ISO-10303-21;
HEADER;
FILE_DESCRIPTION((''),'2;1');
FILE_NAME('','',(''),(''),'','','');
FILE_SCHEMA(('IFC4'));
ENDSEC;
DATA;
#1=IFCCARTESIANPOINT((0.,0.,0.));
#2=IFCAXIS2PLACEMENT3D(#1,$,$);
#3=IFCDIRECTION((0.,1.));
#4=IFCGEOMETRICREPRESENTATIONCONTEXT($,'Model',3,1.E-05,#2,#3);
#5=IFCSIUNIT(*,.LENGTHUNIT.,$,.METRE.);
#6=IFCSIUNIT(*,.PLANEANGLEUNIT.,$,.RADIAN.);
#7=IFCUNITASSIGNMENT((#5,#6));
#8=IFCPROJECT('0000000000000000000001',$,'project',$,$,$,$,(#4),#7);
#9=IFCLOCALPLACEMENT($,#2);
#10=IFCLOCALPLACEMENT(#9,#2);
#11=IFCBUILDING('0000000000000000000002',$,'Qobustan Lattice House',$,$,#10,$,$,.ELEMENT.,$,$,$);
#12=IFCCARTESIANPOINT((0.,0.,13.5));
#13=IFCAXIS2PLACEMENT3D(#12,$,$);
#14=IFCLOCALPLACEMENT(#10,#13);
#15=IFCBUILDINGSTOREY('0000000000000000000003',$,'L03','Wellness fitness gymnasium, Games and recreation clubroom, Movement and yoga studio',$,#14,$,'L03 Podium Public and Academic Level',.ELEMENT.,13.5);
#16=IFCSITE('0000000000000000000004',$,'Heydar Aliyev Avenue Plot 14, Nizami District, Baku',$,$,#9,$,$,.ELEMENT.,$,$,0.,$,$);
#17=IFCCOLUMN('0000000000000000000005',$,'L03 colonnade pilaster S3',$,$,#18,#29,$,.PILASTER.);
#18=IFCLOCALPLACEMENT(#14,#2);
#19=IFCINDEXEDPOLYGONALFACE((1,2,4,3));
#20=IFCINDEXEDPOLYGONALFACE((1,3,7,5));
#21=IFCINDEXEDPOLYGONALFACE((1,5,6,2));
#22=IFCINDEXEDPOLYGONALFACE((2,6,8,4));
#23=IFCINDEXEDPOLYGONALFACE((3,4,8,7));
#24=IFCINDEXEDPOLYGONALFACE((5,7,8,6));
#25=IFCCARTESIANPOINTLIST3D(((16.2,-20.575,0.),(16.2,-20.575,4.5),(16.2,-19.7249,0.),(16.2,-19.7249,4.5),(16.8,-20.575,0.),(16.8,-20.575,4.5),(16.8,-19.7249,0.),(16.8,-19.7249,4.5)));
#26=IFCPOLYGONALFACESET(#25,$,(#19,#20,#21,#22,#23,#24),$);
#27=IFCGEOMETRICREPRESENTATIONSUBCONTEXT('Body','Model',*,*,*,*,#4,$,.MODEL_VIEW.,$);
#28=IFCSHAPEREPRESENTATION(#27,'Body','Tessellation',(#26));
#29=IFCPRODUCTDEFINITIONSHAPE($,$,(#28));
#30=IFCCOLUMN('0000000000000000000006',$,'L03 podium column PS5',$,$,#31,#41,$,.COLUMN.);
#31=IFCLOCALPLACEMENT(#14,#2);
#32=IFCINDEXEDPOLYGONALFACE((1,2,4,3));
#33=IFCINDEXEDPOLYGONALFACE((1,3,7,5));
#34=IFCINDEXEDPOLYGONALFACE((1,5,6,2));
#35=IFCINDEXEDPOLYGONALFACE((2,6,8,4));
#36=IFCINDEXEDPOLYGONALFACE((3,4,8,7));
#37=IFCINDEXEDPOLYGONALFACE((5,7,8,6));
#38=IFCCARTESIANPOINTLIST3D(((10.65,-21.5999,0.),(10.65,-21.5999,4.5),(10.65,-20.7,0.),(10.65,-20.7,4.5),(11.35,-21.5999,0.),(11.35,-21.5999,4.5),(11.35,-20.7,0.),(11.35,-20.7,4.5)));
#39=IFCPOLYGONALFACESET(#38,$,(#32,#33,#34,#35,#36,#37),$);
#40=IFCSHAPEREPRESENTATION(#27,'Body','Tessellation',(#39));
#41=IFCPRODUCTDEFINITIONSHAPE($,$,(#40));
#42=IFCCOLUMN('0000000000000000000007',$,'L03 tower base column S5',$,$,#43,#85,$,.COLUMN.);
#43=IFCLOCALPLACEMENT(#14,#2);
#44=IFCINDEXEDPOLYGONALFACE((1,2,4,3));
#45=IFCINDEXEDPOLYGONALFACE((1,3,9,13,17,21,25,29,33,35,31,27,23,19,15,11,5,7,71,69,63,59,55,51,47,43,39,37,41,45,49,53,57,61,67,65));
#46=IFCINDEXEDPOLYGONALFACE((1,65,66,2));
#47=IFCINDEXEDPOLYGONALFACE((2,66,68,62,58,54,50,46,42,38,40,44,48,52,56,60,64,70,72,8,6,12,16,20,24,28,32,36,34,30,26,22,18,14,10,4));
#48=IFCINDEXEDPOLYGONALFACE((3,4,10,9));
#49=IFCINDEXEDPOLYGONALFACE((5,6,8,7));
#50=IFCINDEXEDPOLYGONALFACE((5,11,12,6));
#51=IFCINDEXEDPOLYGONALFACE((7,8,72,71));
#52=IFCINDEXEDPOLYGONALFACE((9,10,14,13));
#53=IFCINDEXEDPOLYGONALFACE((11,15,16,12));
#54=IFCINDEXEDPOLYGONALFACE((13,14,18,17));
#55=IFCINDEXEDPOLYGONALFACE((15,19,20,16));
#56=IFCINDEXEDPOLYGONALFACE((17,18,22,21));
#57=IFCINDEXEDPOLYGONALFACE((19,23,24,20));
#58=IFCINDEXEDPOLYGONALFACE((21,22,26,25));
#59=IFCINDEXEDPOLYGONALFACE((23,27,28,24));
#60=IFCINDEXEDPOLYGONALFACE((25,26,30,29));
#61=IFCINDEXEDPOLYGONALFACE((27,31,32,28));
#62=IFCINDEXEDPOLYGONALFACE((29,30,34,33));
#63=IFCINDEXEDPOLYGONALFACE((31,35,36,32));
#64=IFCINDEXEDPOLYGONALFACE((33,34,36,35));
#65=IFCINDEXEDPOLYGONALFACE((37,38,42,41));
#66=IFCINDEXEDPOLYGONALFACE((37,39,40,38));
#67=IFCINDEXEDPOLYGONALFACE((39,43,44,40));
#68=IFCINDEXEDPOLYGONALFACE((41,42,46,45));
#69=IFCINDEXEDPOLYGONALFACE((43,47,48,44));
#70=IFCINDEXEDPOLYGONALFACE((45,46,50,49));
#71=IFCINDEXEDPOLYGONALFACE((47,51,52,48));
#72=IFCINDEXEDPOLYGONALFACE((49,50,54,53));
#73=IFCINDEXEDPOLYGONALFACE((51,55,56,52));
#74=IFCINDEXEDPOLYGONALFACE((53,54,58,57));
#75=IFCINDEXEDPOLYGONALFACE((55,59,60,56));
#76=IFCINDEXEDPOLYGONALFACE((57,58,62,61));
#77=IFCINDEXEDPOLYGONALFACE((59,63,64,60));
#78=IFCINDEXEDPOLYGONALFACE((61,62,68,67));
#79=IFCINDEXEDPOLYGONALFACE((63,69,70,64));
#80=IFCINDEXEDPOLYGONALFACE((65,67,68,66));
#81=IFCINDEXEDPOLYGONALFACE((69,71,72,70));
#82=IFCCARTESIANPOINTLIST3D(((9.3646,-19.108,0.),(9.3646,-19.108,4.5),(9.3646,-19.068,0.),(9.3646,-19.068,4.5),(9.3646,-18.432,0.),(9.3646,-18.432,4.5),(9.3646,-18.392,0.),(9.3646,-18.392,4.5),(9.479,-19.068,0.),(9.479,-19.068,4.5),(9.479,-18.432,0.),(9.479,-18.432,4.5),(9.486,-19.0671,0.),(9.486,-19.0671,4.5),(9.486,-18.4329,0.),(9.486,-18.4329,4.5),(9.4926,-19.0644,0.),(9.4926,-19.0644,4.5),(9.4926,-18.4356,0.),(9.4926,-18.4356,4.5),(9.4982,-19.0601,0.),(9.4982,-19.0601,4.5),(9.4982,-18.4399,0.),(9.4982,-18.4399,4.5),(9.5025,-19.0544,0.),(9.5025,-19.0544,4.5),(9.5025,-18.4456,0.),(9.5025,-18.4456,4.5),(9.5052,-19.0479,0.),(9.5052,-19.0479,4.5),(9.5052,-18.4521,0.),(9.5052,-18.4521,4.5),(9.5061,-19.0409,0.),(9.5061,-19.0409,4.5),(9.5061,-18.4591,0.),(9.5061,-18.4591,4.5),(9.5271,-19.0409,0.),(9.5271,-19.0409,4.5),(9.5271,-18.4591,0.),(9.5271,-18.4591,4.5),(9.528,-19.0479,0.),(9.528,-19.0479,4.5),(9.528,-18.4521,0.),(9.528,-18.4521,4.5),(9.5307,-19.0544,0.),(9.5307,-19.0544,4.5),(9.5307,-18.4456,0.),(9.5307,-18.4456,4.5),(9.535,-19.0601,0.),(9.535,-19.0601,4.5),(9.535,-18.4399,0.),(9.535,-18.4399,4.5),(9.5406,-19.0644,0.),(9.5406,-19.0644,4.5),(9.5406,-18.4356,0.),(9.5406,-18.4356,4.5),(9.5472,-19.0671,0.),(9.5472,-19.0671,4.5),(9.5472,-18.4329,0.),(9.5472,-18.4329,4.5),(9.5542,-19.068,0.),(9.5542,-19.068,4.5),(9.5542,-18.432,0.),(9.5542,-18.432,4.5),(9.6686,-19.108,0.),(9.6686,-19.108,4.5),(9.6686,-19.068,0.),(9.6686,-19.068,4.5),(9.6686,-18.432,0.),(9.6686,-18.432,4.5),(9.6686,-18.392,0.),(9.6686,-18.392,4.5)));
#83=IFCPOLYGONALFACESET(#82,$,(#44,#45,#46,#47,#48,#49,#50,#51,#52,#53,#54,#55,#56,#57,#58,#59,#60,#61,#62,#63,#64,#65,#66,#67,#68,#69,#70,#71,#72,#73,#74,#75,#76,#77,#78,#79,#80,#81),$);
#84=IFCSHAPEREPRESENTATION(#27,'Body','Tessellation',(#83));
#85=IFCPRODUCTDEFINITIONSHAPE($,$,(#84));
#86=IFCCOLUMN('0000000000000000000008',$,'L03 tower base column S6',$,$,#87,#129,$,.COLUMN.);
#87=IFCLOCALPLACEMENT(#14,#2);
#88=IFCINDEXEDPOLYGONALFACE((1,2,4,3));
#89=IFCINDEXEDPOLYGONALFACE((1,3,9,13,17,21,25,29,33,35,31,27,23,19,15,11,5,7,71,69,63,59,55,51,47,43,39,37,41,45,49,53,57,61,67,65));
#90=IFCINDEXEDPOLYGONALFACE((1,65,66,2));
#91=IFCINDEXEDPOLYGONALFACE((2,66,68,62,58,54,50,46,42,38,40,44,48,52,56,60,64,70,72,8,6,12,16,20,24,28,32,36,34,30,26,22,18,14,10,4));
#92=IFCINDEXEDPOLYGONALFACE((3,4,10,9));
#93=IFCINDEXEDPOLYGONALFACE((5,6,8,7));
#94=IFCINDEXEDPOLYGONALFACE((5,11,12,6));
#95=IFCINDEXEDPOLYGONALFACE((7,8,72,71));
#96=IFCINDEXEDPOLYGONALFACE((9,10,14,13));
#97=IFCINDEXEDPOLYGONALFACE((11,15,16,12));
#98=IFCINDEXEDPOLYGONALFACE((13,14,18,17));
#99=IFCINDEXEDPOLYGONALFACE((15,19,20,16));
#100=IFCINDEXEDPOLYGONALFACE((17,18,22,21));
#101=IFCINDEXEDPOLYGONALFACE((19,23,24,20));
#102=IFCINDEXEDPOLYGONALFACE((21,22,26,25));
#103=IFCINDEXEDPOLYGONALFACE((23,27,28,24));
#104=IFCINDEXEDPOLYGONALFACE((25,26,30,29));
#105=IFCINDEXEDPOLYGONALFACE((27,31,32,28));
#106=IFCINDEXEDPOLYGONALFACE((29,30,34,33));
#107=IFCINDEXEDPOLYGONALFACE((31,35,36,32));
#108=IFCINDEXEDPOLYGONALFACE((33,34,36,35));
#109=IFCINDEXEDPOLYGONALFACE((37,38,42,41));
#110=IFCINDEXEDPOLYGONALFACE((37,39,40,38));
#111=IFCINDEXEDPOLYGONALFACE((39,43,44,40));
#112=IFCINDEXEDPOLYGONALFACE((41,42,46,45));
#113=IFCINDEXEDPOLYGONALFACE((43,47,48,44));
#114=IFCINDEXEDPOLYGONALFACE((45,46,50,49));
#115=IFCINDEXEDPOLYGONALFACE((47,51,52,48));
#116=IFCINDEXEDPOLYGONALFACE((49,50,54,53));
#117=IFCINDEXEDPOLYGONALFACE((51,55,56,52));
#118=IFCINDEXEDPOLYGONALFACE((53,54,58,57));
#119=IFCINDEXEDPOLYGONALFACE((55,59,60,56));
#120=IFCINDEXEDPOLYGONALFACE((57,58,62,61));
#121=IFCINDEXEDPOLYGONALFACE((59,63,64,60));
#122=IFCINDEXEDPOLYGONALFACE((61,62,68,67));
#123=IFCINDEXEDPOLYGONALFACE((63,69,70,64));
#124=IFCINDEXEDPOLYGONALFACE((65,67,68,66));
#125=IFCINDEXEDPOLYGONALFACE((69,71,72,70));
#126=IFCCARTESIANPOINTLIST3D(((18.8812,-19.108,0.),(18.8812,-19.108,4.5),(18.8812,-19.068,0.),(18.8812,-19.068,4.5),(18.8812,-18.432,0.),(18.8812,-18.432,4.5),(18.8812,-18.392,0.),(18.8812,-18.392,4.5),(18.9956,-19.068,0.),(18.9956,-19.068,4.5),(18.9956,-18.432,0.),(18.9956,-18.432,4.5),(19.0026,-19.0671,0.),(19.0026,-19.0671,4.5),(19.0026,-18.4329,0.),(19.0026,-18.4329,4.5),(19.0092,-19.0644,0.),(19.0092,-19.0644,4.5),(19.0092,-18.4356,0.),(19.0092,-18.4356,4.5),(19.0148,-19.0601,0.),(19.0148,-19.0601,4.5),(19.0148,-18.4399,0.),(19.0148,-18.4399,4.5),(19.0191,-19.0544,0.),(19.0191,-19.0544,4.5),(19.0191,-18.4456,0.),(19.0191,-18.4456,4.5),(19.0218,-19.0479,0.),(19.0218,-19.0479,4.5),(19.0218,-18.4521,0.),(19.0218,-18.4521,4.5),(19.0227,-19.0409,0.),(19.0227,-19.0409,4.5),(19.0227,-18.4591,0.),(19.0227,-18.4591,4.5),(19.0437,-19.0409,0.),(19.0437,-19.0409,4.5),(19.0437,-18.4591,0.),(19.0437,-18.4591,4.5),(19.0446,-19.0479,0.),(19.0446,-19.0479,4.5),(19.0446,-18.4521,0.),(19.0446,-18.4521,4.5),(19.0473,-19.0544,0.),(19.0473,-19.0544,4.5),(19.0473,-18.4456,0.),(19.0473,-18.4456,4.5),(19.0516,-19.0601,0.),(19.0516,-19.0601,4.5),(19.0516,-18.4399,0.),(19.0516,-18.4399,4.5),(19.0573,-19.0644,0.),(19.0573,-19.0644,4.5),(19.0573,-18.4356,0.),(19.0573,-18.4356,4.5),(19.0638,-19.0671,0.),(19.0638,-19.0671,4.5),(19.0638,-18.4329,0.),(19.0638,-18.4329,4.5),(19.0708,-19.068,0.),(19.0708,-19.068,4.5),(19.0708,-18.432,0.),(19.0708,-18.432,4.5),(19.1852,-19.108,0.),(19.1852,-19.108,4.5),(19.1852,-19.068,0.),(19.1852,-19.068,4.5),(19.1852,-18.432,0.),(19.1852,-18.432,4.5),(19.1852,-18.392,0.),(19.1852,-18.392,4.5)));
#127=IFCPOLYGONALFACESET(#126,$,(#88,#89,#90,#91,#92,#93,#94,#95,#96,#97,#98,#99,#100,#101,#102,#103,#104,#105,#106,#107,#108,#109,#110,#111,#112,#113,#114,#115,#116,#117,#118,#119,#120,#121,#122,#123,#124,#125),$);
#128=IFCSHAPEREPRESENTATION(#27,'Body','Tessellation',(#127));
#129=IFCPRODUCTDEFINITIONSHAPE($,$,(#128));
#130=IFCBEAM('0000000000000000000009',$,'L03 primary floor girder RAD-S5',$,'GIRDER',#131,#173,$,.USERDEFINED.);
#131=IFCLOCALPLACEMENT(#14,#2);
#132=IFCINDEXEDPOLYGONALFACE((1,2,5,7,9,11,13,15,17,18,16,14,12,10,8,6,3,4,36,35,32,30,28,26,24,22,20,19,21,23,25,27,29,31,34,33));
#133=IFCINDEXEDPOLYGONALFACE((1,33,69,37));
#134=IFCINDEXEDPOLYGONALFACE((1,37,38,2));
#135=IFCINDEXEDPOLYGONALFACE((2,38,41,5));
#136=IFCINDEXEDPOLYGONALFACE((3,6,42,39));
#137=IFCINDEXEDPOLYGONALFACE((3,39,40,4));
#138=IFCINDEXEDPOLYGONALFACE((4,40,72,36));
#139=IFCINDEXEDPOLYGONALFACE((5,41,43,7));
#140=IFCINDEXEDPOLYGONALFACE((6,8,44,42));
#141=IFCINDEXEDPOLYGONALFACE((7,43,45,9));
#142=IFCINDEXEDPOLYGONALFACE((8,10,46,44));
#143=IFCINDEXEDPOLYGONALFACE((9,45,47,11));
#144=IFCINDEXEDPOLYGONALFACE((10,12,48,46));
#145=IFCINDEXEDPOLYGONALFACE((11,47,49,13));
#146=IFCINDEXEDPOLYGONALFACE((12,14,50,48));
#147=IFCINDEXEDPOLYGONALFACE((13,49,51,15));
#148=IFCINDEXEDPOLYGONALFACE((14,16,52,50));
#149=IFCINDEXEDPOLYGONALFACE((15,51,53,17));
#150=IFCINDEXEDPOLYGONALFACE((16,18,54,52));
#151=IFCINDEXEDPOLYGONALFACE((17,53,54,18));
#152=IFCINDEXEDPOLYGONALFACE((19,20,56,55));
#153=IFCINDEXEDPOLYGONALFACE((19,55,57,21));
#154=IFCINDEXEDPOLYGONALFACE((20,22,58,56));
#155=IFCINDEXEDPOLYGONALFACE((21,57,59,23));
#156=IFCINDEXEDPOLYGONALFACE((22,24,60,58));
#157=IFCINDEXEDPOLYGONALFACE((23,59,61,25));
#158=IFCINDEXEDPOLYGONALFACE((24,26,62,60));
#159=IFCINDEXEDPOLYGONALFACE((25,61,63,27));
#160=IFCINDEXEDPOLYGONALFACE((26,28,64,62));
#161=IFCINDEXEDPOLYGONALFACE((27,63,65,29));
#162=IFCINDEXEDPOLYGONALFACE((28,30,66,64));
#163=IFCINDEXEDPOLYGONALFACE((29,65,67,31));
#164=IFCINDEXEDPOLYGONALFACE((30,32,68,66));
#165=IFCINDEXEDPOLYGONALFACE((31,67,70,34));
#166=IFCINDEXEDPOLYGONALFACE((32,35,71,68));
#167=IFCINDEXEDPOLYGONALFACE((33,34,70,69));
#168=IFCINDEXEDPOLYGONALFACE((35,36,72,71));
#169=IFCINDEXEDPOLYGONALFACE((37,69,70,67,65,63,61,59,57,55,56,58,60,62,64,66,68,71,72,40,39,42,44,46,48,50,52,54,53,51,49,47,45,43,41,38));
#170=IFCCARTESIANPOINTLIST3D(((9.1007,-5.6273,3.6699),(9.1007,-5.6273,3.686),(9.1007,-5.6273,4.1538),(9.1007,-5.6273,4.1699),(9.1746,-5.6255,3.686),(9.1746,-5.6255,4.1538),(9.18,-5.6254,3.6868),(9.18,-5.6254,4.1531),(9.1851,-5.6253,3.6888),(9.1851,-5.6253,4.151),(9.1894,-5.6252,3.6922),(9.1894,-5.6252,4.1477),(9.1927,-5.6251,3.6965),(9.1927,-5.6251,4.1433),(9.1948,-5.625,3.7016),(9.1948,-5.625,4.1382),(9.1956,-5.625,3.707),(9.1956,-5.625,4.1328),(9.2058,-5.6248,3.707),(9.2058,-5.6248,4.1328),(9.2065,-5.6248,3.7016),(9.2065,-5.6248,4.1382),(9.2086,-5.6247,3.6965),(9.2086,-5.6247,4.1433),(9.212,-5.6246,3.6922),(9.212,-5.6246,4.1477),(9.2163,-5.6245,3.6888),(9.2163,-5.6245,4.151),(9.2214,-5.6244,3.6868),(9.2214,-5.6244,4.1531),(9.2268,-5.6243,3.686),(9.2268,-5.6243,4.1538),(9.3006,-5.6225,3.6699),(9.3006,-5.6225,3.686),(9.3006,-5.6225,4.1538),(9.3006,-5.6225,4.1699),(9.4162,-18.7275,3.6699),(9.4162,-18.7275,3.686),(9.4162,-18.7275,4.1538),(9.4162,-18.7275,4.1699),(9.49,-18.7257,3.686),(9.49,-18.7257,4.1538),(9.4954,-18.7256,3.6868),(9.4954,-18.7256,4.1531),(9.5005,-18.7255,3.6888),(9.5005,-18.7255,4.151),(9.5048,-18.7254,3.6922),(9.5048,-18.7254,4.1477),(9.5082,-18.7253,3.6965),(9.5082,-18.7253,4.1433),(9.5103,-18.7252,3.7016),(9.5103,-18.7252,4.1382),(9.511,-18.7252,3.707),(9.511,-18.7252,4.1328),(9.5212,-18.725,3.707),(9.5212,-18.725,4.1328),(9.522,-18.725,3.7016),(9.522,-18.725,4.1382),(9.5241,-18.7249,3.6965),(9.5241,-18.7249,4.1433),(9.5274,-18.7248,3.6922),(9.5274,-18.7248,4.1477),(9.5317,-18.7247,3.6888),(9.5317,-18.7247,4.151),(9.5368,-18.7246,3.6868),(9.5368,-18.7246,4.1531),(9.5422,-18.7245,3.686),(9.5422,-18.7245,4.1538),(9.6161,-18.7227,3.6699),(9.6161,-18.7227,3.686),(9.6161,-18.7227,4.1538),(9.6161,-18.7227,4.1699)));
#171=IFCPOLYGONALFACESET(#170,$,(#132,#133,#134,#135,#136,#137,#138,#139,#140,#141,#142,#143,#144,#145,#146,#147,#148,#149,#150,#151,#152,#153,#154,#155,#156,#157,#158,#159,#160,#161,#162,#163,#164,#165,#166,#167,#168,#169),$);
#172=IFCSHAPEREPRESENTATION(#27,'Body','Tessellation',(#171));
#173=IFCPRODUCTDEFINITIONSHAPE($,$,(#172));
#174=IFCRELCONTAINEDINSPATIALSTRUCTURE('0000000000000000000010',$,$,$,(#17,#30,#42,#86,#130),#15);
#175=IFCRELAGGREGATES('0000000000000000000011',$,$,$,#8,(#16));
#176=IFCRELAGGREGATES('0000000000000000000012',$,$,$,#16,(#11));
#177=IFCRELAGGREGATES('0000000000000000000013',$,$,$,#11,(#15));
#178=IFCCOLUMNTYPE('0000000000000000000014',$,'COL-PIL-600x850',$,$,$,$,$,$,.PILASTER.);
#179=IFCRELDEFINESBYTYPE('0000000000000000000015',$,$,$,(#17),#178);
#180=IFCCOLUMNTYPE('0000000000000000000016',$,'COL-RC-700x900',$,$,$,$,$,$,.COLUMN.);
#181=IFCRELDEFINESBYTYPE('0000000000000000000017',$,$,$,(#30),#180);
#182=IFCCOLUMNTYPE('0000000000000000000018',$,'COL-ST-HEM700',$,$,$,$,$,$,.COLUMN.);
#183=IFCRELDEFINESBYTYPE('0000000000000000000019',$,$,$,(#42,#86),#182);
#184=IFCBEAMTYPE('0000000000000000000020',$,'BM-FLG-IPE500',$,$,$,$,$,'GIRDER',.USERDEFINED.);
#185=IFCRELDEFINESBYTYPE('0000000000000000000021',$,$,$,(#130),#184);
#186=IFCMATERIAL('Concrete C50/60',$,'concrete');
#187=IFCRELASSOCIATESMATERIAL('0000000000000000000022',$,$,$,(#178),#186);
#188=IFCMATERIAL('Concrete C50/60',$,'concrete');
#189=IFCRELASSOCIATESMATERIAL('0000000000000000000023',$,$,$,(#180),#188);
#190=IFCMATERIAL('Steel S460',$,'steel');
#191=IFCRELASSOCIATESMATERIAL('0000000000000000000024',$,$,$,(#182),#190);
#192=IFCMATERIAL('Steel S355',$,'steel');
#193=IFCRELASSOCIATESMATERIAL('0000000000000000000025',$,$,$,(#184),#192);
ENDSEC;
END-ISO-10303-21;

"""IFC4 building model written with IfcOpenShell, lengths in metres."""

from ifc_helpers import new_model, si_unit, direction, frame, origin, origin_2d, place, context, subcontext, project, spatial, rectangle, i_section, extrude, material, material_profile, profile_set, type_object, element, save


model = new_model("IFC4")

# Units and contexts
model_context = context("Model", 3, precision=1e-05, world=origin(), true_north=direction((0.0, 1.0)))
body_context = subcontext(model_context, "Body", "Model", "MODEL_VIEW")
ifc_project = project(units=[si_unit("LENGTHUNIT", "METRE"), si_unit("PLANEANGLEUNIT", "RADIAN")], contexts=[model_context])

# Site, building, storey
site_placement = place(None, origin())
site = spatial("IfcSite", under=ifc_project, at=site_placement, Name="Heydar Aliyev Avenue Plot 14, Nizami District, Baku", CompositionType="ELEMENT", RefElevation=0.0)
building_placement = place(site_placement, origin())
building = spatial("IfcBuilding", under=site, at=building_placement, Name="Qobustan Lattice House", CompositionType="ELEMENT")
storey_placement = place(building_placement, frame((0.0, 0.0, 13.5)))
storey = spatial("IfcBuildingStorey", under=building, at=storey_placement, Name="L03", Description="Wellness fitness gymnasium, Games and recreation clubroom, Movement and yoga studio", LongName="L03 Podium Public and Academic Level", CompositionType="ELEMENT", Elevation=13.5)

# Columns
ifc_material_1 = material(Name="Concrete C50/60", Category="concrete")
ifc_material_profile_1 = material_profile(ifc_material_1, rectangle(XDim=0.6001, YDim=0.8501, at=origin_2d()), Name="RC600x850")
ifc_profile_set_1 = profile_set([ifc_material_profile_1], Name="Concrete C50/60")
column_type_1 = type_object("IfcColumnType", Name="COL-PIL-600x850", PredefinedType="PILASTER", material=ifc_profile_set_1)
column_1_placement = place(storey_placement, frame((16.5, -20.1499, 0.0), z_axis=(0.0, 0.0, 1.0), x_axis=(1.0, 0.0, 0.0)))
element("IfcColumn", 1, at=column_1_placement, inside=storey, type_object=column_type_1, Name="L03 colonnade pilaster S3", PredefinedType="PILASTER", context=body_context, shape_type="SweptSolid", body=[
    extrude(rectangle(XDim=0.6001, YDim=0.8501, at=origin_2d()), origin(), (0.0, 0.0, 1.0), 4.5),
])
ifc_material_2 = material(Name="Concrete C50/60", Category="concrete")
ifc_material_profile_2 = material_profile(ifc_material_2, rectangle(XDim=0.7, YDim=0.8999, at=origin_2d()), Name="RC700x900")
ifc_profile_set_2 = profile_set([ifc_material_profile_2], Name="Concrete C50/60")
column_type_2 = type_object("IfcColumnType", Name="COL-RC-700x900", PredefinedType="COLUMN", material=ifc_profile_set_2)
column_2_placement = place(storey_placement, frame((11.0, -21.1499, 0.0), z_axis=(0.0, 0.0, 1.0), x_axis=(1.0, 0.0, 0.0)))
element("IfcColumn", 2, at=column_2_placement, inside=storey, type_object=column_type_2, Name="L03 podium column PS5", PredefinedType="COLUMN", context=body_context, shape_type="SweptSolid", body=[
    extrude(rectangle(XDim=0.7, YDim=0.8999, at=origin_2d()), origin(), (0.0, 0.0, 1.0), 4.5),
])
ifc_material_3 = material(Name="Steel S460", Category="steel")
ifc_material_profile_3 = material_profile(ifc_material_3, i_section(OverallWidth=0.304, OverallDepth=0.7161, WebThickness=0.021, FlangeThickness=0.04, FilletRadius=0.0271, at=origin_2d()), Name="HEM700")
ifc_profile_set_3 = profile_set([ifc_material_profile_3], Name="Steel S460")
column_type_3 = type_object("IfcColumnType", Name="COL-ST-HEM700", PredefinedType="COLUMN", material=ifc_profile_set_3)
for number, where, z_axis, x_axis, name in (
    (3, (9.5166, -18.75, 0.0), (0.0, 0.0, 1.0), (1.0, 0.0, 0.0), "L03 tower base column S5"),
    (4, (19.0332, -18.75, 0.0), (0.0, 0.0, 1.0), (1.0, 0.0, 0.0), "L03 tower base column S6"),
):
    element("IfcColumn", number, at=place(storey_placement, frame(where, z_axis=z_axis, x_axis=x_axis)), inside=storey, type_object=column_type_3, Name=name, PredefinedType="COLUMN", context=body_context, shape_type="SweptSolid", body=[
        extrude(i_section(OverallWidth=0.304, OverallDepth=0.7161, WebThickness=0.021, FlangeThickness=0.04, FilletRadius=0.0271, at=origin_2d()), origin(), (0.0, 0.0, 1.0), 4.5),
    ])

# Beam
ifc_material_4 = material(Name="Steel S355", Category="steel")
ifc_material_profile_4 = material_profile(ifc_material_4, i_section(OverallWidth=0.2, OverallDepth=0.5, WebThickness=0.0103, FlangeThickness=0.0161, FilletRadius=0.021, at=origin_2d()), Name="IPE500")
ifc_profile_set_4 = profile_set([ifc_material_profile_4], Name="Steel S355")
beam_type_1 = type_object("IfcBeamType", Name="BM-FLG-IPE500", ElementType="GIRDER", PredefinedType="USERDEFINED", material=ifc_profile_set_4)
beam_1_placement = place(storey_placement, frame((9.5161, -18.7251, 3.9199), z_axis=(-0.024071, 0.99971, 0.0), x_axis=(-0.99971, -0.024071, 0.0)))
element("IfcBeam", 5, at=beam_1_placement, inside=storey, type_object=beam_type_1, Name="L03 primary floor girder RAD-S5", ObjectType="GIRDER", PredefinedType="USERDEFINED", context=body_context, shape_type="SweptSolid", body=[
    extrude(i_section(OverallWidth=0.2, OverallDepth=0.5, WebThickness=0.0103, FlangeThickness=0.0161, FilletRadius=0.021, at=origin_2d()), origin(), (0.0, 0.0, 1.0), 13.104),
])

save(model, "model.ifc")
